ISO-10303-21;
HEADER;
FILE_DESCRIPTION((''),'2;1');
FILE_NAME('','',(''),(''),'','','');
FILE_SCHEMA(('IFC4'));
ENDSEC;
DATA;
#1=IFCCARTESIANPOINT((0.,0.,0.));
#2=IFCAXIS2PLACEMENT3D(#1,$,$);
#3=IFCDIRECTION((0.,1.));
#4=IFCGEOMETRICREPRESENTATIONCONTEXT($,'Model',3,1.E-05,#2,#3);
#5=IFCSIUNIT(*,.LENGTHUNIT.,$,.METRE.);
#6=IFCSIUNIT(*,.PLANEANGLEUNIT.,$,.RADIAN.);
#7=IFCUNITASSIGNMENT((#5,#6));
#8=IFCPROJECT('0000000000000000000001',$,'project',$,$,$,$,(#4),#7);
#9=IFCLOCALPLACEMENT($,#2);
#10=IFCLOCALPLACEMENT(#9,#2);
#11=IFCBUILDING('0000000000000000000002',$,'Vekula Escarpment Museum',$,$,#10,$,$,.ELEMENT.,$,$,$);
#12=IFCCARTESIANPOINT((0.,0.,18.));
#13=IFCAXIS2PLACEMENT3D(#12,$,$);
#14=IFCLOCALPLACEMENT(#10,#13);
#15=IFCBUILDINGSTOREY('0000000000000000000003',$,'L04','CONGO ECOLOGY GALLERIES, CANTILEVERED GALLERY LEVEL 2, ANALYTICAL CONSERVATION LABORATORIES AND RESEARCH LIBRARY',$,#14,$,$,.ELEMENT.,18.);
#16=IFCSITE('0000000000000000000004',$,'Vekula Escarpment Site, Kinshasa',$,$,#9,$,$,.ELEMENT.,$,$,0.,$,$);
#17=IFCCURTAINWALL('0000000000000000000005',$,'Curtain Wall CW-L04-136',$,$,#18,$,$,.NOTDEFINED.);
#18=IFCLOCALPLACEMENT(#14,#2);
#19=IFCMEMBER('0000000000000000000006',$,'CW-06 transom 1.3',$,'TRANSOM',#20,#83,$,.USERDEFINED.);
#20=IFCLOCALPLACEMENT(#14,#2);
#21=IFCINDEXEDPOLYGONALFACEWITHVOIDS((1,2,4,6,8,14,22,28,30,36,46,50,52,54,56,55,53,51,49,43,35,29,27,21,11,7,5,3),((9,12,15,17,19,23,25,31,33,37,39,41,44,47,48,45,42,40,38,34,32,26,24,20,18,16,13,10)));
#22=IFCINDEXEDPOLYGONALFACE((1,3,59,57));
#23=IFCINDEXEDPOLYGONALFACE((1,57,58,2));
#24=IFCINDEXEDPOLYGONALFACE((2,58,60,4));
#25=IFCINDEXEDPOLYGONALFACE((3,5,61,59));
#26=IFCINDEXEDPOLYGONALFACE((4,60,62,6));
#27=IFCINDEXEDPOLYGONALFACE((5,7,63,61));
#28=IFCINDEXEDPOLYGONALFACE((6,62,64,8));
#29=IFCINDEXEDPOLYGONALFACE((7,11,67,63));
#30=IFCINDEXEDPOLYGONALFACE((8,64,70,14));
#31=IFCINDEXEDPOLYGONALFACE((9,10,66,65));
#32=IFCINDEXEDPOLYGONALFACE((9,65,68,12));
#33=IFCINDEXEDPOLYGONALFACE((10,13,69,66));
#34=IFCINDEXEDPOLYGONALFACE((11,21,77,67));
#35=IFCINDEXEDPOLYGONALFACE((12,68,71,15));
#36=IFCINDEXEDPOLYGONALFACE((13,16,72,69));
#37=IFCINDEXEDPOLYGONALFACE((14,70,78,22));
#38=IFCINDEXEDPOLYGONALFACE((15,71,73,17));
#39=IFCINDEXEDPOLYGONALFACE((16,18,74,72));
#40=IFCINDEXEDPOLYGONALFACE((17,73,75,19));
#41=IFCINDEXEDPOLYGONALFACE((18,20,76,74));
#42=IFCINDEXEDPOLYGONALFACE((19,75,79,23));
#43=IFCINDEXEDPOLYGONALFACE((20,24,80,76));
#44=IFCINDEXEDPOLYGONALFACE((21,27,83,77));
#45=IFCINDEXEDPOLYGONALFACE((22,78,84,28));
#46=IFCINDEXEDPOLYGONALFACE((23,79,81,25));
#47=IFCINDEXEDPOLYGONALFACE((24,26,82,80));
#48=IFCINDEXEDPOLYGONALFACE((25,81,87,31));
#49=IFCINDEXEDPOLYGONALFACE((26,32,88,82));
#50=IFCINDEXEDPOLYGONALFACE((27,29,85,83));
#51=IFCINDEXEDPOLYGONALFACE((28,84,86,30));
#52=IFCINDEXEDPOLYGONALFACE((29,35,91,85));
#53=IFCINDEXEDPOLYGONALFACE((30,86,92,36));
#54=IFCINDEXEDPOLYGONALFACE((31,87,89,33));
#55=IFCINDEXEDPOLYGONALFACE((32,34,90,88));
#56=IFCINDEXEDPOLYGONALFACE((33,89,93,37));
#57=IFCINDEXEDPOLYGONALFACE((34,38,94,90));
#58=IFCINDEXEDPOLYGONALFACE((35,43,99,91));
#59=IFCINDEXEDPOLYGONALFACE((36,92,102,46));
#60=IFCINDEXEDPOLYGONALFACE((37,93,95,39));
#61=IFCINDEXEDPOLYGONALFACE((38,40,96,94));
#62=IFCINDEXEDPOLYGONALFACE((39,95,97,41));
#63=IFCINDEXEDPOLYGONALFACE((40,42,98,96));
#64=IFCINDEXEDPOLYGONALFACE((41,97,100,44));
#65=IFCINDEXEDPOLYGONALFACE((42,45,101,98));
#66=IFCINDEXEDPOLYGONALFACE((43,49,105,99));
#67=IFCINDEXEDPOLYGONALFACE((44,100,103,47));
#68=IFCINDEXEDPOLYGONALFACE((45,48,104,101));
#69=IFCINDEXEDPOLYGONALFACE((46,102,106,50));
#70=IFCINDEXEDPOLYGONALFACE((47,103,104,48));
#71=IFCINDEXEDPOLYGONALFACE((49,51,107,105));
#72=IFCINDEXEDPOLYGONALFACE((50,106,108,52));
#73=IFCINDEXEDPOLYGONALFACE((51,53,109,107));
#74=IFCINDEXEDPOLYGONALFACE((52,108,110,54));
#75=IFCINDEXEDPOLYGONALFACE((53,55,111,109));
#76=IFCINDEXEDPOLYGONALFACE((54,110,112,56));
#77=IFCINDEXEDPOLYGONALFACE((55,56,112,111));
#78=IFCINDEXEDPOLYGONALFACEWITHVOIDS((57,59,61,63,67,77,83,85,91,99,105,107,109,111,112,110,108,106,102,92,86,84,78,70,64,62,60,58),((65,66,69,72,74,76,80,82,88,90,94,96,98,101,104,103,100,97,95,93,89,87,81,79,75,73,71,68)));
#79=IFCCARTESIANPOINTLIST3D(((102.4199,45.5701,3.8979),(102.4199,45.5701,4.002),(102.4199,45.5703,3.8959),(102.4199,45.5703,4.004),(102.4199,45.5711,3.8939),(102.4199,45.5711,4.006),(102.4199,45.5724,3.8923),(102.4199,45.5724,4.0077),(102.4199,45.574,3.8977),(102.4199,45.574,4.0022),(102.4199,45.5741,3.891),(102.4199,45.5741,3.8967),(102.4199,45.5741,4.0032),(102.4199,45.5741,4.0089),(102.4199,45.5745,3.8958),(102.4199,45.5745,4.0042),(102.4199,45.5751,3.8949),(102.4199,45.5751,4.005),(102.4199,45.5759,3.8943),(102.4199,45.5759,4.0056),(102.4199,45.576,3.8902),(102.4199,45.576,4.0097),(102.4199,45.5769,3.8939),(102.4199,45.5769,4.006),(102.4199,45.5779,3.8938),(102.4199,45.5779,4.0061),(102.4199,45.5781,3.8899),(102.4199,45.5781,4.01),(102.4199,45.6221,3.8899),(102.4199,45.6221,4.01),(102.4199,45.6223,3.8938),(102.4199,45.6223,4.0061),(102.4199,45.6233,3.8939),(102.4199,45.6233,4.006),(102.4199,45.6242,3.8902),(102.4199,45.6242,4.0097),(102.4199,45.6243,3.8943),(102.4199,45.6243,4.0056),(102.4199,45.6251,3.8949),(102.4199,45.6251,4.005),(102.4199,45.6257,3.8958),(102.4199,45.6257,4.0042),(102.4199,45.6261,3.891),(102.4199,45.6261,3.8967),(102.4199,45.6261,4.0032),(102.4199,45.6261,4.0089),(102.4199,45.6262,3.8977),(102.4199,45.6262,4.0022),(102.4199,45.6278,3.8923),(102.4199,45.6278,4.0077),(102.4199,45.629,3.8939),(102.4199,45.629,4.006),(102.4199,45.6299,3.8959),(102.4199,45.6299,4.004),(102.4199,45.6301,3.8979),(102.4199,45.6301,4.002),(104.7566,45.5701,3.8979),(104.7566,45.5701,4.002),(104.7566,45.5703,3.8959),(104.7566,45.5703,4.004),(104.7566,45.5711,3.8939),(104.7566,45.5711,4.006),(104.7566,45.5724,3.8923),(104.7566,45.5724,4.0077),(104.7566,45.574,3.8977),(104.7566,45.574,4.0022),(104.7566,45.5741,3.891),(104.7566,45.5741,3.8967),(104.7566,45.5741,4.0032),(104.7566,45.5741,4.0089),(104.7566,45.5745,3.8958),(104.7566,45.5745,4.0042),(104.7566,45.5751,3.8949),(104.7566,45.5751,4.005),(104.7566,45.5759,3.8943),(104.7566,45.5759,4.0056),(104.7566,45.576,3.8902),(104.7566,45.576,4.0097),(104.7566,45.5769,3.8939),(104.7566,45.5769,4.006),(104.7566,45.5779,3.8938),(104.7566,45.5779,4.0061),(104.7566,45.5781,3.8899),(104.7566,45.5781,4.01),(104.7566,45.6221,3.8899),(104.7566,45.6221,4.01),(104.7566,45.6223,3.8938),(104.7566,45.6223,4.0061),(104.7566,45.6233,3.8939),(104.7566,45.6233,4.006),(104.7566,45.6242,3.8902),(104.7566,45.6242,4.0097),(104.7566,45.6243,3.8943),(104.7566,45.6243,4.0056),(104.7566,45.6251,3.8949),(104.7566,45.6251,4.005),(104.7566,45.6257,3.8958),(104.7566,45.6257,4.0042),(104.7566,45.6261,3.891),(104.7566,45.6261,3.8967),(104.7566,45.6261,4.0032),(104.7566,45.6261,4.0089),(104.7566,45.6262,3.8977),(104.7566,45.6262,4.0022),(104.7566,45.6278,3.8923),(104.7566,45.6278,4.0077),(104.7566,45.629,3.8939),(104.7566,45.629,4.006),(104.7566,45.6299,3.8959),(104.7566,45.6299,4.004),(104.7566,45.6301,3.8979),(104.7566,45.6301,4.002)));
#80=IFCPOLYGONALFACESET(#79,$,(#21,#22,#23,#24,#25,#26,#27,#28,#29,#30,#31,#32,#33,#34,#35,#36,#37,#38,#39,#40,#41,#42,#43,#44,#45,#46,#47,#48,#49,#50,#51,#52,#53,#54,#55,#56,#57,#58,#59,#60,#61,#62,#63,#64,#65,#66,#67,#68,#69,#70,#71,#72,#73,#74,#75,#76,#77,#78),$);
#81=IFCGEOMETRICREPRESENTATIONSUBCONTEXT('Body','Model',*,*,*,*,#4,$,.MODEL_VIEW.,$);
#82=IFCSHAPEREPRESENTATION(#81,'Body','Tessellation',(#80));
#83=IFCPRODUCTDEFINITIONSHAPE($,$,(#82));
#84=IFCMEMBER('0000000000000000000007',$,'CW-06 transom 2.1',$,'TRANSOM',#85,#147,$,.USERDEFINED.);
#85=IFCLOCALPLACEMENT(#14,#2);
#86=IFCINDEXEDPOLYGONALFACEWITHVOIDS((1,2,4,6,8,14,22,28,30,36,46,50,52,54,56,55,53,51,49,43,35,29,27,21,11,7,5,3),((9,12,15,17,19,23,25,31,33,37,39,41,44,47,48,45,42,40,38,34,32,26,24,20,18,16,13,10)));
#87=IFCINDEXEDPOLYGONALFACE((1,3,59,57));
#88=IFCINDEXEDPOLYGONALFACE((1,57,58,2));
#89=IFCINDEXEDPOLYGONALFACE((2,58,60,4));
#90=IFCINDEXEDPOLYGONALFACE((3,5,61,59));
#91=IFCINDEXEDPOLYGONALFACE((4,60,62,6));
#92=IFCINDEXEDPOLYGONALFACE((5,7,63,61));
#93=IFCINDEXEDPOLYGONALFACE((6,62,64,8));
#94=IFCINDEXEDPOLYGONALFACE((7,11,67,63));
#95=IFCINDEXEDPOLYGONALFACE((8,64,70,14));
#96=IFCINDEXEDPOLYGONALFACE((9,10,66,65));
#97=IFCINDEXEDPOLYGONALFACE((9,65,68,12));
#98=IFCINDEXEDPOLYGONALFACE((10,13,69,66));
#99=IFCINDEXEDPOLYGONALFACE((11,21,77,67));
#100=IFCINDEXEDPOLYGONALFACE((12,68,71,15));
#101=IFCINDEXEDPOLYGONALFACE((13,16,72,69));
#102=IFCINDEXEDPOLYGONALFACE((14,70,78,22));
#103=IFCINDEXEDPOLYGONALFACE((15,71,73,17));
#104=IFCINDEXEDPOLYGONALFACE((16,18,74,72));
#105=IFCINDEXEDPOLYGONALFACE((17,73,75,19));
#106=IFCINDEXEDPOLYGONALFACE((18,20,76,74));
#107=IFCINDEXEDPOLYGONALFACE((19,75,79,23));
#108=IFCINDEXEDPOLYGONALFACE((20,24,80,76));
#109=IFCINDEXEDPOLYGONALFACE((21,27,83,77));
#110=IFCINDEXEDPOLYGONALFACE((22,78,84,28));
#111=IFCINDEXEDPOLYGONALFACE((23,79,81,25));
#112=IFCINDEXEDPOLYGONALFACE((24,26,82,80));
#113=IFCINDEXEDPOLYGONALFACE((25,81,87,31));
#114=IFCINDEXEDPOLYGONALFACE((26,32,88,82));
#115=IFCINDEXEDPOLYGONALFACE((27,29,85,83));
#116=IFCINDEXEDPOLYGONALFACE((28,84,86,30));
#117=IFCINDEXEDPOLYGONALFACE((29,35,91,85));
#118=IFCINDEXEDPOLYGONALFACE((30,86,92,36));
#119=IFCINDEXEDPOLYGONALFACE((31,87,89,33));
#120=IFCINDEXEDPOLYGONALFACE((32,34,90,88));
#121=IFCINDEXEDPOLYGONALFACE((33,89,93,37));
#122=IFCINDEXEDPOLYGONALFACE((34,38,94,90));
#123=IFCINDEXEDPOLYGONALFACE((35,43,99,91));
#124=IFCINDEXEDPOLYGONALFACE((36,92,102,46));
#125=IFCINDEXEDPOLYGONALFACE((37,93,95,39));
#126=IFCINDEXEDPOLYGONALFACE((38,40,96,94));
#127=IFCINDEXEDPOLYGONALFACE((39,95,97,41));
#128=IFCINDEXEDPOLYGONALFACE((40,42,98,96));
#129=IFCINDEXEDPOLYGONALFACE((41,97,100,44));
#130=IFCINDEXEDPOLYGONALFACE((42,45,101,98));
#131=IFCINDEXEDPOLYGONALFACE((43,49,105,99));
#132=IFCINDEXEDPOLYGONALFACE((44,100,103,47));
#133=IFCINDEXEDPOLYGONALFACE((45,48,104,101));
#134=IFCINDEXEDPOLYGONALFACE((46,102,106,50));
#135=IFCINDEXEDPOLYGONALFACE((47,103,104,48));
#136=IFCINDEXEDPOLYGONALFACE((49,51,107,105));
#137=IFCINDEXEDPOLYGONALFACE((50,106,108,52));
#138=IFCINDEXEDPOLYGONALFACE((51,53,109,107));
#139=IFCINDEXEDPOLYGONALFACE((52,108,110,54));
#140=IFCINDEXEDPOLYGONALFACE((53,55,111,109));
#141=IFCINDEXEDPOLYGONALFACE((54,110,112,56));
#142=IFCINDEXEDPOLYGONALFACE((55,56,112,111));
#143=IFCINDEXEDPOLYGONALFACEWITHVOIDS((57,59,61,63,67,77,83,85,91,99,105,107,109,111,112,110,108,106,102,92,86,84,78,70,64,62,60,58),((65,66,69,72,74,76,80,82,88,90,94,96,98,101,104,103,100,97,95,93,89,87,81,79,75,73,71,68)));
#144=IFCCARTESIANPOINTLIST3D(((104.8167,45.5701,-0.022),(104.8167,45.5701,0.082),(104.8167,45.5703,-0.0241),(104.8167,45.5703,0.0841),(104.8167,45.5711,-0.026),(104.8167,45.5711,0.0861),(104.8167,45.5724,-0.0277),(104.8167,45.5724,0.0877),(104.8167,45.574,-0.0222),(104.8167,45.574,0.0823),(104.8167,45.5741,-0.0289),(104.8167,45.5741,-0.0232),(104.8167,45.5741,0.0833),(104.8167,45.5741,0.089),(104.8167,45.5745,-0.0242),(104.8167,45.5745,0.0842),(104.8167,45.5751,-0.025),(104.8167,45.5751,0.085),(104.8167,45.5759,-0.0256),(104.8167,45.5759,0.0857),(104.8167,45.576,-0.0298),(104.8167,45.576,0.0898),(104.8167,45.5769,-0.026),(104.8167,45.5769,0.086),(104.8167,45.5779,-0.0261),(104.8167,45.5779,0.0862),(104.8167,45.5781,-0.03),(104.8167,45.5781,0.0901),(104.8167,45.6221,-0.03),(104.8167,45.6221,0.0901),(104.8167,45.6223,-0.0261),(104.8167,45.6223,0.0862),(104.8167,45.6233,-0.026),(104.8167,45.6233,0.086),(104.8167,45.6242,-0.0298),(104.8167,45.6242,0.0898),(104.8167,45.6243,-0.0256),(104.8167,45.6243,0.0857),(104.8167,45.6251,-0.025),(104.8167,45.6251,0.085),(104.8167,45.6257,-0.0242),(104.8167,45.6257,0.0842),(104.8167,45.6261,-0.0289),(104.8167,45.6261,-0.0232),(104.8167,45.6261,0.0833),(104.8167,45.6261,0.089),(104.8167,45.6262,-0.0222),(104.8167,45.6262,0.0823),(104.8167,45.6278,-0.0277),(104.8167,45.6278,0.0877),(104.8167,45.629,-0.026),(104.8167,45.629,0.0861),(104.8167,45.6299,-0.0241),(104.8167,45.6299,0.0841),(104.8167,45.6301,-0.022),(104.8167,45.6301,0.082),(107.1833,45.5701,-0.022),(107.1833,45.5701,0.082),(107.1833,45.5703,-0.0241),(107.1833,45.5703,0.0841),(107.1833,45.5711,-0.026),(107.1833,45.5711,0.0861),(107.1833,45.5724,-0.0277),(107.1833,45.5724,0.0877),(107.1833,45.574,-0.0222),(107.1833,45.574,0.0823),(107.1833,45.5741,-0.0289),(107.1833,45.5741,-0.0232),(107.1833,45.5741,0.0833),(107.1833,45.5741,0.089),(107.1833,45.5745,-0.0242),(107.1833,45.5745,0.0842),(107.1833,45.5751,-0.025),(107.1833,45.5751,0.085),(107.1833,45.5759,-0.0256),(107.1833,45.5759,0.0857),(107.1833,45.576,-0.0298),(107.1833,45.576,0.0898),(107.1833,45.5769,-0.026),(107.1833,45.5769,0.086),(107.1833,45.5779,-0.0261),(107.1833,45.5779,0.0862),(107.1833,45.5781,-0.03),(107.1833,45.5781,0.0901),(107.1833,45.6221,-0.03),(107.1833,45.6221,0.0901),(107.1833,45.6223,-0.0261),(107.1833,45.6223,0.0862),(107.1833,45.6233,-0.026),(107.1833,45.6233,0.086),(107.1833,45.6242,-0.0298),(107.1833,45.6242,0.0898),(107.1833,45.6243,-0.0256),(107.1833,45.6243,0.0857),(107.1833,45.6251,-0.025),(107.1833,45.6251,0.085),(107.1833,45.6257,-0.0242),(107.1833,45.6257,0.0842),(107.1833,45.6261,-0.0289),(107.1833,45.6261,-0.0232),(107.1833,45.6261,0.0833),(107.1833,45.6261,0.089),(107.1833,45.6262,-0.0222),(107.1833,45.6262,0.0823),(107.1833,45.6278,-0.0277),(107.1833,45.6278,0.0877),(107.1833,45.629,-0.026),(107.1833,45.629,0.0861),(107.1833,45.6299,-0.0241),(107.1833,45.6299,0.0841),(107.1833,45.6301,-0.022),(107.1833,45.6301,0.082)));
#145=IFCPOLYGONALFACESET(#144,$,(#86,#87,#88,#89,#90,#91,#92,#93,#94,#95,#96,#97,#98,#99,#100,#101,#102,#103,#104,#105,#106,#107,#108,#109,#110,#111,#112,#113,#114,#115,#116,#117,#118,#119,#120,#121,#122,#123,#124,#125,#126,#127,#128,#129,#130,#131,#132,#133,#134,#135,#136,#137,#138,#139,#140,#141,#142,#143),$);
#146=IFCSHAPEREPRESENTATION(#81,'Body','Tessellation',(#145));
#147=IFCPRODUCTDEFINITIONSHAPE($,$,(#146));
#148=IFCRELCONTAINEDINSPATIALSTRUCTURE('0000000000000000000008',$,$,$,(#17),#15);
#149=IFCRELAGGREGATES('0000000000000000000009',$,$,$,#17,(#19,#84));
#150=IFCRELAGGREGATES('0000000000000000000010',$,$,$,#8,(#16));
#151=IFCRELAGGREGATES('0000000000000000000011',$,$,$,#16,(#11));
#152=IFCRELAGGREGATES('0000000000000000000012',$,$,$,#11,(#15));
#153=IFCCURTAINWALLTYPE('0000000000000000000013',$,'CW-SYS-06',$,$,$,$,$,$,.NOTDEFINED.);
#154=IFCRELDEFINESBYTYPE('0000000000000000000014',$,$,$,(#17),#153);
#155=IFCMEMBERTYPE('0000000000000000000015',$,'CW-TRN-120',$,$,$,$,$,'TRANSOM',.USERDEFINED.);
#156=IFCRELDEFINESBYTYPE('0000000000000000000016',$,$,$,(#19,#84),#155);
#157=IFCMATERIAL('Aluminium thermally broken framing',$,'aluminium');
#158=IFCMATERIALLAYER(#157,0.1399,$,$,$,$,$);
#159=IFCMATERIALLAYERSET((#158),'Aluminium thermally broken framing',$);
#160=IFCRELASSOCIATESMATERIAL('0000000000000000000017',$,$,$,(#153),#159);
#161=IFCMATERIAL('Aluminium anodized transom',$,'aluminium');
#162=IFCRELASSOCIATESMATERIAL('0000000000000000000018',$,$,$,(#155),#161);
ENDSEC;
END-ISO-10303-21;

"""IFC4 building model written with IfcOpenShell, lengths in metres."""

from ifc_helpers import new_model, si_unit, direction, frame, origin, origin_2d, place, context, subcontext, project, spatial, hollow_rectangle, extrude, material, layer, layer_set, material_profile, profile_set, type_object, element, aggregate, save


model = new_model("IFC4")

# Units and contexts
model_context = context("Model", 3, precision=1e-05, world=origin(), true_north=direction((0.0, 1.0)))
body_context = subcontext(model_context, "Body", "Model", "MODEL_VIEW")
ifc_project = project(units=[si_unit("LENGTHUNIT", "METRE"), si_unit("PLANEANGLEUNIT", "RADIAN")], contexts=[model_context])

# Site, building, storey
site_placement = place(None, origin())
site = spatial("IfcSite", under=ifc_project, at=site_placement, Name="Vekula Escarpment Site, Kinshasa", CompositionType="ELEMENT", RefElevation=0.0)
building_placement = place(site_placement, origin())
building = spatial("IfcBuilding", under=site, at=building_placement, Name="Vekula Escarpment Museum", CompositionType="ELEMENT")
storey_placement = place(building_placement, frame((0.0, 0.0, 18.0)))
storey = spatial("IfcBuildingStorey", under=building, at=storey_placement, Name="L04", Description="CONGO ECOLOGY GALLERIES, CANTILEVERED GALLERY LEVEL 2, ANALYTICAL CONSERVATION LABORATORIES AND RESEARCH LIBRARY", CompositionType="ELEMENT", Elevation=18.0)

# Curtain wall, members
ifc_material_1 = material(Name="Aluminium thermally broken framing", Category="aluminium")
ifc_layer_1 = layer(ifc_material_1, 0.1399)
ifc_layer_set_1 = layer_set([ifc_layer_1], Name="Aluminium thermally broken framing")
curtain_wall_type_1 = type_object("IfcCurtainWallType", Name="CW-SYS-06", PredefinedType="NOTDEFINED", material=ifc_layer_set_1)
curtain_wall_1_placement = place(storey_placement, origin())
curtain_wall_1 = element("IfcCurtainWall", 1, at=curtain_wall_1_placement, inside=storey, type_object=curtain_wall_type_1, Name="Curtain Wall CW-L04-136", PredefinedType="NOTDEFINED")
ifc_material_2 = material(Name="Aluminium anodized transom", Category="aluminium")
ifc_material_profile_1 = material_profile(ifc_material_2, hollow_rectangle(XDim=0.0601, YDim=0.1201, WallThickness=0.0039, InnerFilletRadius=0.0039, OuterFilletRadius=0.0081, at=origin_2d()), Name="ALU 120x60x4")
ifc_profile_set_1 = profile_set([ifc_material_profile_1], Name="Aluminium anodized transom")
member_type_1 = type_object("IfcMemberType", Name="CW-TRN-120", ElementType="TRANSOM", PredefinedType="USERDEFINED", material=ifc_profile_set_1)
member_1_placement = place(storey_placement, frame((102.4199, 45.6001, 3.95), z_axis=(1.0, 0.0, 0.0), x_axis=(0.0, 1.0, 0.0)))
member_1 = element("IfcMember", 2, at=member_1_placement, type_object=member_type_1, Name="CW-06 transom 1.3", ObjectType="TRANSOM", PredefinedType="USERDEFINED", context=body_context, shape_type="SweptSolid", body=[
    extrude(hollow_rectangle(XDim=0.0601, YDim=0.1201, WallThickness=0.0039, InnerFilletRadius=0.0039, OuterFilletRadius=0.0081, at=origin_2d()), origin(), (0.0, 0.0, 1.0), 2.3367),
])
member_2_placement = place(storey_placement, frame((104.8167, 45.6001, 0.03), z_axis=(1.0, 0.0, 0.0), x_axis=(0.0, 1.0, 0.0)))
member_2 = element("IfcMember", 3, at=member_2_placement, type_object=member_type_1, Name="CW-06 transom 2.1", ObjectType="TRANSOM", PredefinedType="USERDEFINED", context=body_context, shape_type="SweptSolid", body=[
    extrude(hollow_rectangle(XDim=0.0601, YDim=0.1201, WallThickness=0.0039, InnerFilletRadius=0.0039, OuterFilletRadius=0.0081, at=origin_2d()), origin(), (0.0, 0.0, 1.0), 2.3667),
])

aggregate(curtain_wall_1, [member_1, member_2])

save(model, "model.ifc")
